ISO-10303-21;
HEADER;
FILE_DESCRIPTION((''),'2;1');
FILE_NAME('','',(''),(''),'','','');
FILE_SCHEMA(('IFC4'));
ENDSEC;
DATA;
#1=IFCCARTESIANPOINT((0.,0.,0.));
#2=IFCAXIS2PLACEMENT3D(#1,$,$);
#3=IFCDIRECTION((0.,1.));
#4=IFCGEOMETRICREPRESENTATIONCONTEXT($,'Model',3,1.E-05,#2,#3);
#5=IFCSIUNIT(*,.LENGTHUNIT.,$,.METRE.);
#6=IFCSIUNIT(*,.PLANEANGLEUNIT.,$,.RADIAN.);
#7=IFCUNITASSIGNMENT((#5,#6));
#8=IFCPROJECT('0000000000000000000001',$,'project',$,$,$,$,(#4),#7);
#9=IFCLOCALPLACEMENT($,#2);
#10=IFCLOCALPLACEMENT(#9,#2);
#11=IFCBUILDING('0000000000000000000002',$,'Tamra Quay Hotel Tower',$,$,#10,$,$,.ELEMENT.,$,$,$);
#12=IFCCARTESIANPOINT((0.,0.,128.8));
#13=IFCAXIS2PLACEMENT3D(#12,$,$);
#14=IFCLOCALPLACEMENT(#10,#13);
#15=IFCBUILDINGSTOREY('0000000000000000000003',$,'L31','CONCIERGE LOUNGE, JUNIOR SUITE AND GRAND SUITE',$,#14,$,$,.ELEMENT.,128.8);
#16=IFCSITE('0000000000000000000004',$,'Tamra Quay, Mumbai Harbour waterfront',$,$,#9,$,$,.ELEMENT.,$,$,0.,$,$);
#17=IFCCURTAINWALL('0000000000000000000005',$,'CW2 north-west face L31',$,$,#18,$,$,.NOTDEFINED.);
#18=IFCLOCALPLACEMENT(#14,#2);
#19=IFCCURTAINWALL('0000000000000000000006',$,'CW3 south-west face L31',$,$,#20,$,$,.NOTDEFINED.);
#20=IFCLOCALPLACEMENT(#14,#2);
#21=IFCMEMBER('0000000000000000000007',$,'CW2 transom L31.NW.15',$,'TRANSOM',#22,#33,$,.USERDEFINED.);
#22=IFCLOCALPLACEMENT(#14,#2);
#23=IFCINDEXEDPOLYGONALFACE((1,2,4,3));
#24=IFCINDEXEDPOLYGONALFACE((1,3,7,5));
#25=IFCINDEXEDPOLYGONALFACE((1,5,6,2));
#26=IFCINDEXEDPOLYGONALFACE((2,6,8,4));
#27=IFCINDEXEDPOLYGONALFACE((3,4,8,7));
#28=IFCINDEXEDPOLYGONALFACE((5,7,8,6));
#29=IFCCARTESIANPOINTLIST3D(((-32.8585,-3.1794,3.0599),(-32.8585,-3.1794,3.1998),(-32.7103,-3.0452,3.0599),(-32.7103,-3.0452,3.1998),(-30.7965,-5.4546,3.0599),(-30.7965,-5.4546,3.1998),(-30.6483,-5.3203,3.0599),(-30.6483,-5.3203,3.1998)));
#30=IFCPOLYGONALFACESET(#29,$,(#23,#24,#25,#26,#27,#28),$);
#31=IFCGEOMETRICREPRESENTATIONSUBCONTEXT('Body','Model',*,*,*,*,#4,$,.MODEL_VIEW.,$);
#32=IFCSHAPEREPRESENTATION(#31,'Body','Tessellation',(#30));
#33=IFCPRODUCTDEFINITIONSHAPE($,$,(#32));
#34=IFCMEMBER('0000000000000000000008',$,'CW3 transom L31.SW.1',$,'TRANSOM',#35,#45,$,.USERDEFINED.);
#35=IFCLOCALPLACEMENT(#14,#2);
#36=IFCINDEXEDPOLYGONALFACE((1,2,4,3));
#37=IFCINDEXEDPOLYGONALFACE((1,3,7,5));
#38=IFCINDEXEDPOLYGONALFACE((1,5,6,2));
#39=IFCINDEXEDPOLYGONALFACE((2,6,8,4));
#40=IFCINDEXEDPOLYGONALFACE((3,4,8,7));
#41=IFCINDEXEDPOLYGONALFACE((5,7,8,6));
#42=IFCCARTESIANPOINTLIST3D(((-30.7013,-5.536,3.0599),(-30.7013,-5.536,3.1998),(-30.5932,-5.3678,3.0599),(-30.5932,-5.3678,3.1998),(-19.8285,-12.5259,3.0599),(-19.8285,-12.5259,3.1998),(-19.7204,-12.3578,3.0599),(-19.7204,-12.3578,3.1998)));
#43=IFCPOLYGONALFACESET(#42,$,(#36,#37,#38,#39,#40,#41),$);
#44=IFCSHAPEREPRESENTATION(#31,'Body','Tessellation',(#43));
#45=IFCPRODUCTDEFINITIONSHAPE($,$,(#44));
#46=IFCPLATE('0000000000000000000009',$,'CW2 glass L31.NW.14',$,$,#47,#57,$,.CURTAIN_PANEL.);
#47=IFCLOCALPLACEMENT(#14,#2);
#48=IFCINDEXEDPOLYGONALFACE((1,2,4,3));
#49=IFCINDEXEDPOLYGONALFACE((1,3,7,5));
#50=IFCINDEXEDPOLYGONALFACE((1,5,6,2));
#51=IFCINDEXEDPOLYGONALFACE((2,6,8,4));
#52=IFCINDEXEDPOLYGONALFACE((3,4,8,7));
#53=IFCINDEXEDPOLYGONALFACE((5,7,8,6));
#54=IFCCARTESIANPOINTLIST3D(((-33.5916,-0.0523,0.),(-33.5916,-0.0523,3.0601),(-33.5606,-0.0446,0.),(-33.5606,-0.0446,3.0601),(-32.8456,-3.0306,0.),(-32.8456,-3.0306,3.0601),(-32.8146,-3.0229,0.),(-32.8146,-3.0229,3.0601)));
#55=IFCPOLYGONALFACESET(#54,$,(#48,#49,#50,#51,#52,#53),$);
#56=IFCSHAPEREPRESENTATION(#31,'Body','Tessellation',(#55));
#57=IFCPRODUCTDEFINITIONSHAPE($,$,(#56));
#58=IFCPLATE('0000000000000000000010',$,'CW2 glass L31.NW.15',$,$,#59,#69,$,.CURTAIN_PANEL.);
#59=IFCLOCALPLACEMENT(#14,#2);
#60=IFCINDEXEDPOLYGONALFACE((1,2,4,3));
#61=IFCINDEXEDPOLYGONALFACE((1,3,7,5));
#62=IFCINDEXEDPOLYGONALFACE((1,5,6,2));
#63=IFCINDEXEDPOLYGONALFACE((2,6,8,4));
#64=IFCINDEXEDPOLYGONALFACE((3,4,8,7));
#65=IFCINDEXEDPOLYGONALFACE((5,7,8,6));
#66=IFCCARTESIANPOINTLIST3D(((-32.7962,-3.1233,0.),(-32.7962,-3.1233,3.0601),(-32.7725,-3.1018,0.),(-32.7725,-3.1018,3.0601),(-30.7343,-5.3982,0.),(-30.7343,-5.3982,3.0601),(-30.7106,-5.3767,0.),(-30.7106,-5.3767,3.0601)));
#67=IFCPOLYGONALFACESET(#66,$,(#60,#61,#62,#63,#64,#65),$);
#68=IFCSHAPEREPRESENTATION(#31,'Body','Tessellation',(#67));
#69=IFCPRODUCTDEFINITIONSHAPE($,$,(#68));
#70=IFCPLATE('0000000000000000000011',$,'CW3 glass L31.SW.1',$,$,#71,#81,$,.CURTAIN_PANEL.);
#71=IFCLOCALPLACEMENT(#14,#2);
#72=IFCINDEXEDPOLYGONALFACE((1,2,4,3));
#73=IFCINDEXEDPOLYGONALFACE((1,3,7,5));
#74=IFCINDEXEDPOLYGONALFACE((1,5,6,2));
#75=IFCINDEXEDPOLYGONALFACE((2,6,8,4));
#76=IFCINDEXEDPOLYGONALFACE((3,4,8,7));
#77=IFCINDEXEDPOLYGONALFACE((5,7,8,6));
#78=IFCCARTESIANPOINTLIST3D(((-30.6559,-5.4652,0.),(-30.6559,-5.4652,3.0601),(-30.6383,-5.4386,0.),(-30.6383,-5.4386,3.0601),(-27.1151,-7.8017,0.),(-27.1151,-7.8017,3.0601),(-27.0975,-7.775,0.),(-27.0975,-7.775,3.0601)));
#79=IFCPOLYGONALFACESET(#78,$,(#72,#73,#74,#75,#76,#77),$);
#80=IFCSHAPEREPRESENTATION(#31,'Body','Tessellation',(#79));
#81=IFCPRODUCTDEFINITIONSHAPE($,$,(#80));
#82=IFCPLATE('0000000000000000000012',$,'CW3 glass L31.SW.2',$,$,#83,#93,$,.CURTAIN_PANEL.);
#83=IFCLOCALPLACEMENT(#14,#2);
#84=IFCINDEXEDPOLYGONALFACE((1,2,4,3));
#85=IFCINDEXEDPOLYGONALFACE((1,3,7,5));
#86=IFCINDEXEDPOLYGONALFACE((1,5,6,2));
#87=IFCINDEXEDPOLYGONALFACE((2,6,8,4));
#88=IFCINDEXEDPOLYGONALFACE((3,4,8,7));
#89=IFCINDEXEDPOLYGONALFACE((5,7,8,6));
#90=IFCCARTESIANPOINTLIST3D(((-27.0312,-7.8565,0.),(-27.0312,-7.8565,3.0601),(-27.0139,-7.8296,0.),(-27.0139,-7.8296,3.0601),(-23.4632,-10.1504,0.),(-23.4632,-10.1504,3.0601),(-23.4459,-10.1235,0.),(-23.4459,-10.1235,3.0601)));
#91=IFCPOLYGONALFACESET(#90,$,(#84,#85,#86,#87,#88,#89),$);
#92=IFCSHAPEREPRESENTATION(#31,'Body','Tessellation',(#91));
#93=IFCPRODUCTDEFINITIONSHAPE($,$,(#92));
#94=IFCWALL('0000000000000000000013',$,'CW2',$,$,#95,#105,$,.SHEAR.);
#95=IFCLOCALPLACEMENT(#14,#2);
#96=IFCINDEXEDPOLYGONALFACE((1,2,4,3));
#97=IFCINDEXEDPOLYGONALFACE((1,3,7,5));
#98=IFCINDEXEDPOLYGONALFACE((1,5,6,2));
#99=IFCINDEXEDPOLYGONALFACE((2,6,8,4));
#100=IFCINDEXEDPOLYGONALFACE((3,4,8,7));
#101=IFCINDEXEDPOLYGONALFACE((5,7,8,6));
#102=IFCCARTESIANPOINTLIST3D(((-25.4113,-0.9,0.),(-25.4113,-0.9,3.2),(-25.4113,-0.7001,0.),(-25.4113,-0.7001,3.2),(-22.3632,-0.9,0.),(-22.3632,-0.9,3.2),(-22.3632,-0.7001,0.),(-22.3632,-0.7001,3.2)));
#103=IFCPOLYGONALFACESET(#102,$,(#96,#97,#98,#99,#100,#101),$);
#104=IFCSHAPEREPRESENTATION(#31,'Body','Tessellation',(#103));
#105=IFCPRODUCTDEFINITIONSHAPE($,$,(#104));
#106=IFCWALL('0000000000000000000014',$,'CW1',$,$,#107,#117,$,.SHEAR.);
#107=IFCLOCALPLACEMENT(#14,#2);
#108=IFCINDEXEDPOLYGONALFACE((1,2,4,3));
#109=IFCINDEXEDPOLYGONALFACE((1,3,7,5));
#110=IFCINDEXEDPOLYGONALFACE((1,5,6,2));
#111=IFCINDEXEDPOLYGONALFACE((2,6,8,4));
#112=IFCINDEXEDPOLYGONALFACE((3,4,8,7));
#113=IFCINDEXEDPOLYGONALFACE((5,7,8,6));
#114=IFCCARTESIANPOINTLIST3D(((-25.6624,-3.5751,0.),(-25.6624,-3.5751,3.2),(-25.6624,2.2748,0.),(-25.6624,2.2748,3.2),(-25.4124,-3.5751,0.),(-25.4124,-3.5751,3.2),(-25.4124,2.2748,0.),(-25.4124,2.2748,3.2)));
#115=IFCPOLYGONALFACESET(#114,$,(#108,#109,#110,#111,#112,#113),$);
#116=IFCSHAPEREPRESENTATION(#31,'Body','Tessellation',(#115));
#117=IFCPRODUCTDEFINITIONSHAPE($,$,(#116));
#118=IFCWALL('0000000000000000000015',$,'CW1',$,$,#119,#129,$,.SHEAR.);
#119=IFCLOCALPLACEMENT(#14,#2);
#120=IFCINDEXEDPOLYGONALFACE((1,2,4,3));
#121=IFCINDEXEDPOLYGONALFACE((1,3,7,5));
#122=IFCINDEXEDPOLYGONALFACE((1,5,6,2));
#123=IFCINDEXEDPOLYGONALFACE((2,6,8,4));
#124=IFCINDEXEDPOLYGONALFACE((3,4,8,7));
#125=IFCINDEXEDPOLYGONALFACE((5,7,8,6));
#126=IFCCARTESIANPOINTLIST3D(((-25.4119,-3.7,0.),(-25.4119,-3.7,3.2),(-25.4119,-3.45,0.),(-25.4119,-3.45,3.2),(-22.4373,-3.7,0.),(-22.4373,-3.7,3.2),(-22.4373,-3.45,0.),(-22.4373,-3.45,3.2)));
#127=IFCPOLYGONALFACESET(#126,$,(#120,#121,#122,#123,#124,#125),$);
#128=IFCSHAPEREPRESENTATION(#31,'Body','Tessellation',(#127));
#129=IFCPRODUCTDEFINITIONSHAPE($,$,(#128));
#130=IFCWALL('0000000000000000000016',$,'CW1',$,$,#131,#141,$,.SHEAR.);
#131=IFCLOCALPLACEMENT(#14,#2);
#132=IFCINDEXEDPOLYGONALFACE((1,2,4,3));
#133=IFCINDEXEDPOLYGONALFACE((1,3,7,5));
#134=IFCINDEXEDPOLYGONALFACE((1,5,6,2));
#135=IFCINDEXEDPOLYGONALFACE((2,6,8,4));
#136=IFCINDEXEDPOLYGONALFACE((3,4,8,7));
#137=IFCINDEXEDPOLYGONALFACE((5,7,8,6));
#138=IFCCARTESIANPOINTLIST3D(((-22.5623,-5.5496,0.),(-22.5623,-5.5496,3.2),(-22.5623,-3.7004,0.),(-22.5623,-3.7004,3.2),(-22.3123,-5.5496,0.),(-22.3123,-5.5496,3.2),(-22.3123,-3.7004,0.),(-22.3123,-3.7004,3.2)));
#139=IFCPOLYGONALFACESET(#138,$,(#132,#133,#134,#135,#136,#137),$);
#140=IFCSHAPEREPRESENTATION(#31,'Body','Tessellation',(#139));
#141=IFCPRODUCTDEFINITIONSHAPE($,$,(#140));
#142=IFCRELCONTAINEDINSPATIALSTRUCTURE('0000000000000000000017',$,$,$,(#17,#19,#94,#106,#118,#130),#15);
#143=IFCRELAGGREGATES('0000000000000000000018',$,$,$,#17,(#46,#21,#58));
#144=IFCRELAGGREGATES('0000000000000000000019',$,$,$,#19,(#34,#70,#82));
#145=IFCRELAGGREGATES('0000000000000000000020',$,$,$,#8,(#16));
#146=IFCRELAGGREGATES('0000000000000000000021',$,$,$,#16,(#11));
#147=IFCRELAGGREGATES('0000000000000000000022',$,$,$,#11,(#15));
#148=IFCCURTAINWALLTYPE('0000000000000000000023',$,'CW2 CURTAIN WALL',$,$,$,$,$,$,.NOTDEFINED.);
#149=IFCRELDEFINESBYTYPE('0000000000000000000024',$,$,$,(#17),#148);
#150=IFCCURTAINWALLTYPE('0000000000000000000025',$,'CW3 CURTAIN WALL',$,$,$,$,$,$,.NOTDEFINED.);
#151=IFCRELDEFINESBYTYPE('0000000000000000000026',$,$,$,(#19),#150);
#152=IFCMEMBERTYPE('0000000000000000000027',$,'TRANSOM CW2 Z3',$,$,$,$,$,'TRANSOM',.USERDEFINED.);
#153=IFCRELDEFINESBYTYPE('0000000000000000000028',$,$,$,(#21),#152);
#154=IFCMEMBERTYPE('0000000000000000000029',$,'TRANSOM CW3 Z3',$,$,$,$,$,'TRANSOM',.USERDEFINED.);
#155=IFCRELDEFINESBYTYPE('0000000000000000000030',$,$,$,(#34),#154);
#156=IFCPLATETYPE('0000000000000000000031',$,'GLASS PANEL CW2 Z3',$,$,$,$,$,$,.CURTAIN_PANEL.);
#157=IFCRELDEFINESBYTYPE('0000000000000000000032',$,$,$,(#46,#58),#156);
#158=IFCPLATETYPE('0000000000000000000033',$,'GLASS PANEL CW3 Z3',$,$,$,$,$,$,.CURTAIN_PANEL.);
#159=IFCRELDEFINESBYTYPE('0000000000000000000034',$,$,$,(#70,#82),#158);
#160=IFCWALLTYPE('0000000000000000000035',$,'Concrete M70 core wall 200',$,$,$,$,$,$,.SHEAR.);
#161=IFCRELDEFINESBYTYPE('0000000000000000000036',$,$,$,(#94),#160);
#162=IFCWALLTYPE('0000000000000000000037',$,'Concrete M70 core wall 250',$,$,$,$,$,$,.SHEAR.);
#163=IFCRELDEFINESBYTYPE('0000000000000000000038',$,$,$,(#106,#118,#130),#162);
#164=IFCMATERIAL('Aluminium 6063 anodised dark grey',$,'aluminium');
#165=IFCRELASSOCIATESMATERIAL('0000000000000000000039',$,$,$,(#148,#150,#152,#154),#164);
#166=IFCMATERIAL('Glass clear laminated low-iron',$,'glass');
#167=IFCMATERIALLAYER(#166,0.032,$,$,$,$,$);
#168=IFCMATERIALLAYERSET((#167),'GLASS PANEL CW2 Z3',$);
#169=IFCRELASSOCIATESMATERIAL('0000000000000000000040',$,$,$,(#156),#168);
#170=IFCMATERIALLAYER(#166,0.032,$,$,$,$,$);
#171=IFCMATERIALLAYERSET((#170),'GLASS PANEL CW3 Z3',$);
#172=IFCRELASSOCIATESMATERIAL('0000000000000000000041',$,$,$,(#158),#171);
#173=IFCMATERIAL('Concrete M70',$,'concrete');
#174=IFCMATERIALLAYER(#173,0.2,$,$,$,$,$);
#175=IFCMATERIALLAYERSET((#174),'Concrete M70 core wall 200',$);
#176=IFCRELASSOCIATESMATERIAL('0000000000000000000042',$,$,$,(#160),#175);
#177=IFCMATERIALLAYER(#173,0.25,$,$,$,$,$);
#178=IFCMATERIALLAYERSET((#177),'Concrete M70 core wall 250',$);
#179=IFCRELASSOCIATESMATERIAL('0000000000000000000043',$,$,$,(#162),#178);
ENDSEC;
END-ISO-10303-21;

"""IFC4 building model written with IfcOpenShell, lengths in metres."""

from ifc_helpers import new_model, si_unit, direction, frame, frame_2d, origin, origin_2d, place, context, subcontext, project, spatial, rectangle, extrude, material, layer, layer_set, material_profile, profile_set, type_object, element, aggregate, save


model = new_model("IFC4")

# Units and contexts
model_context = context("Model", 3, precision=1e-05, world=origin(), true_north=direction((0.0, 1.0)))
body_context = subcontext(model_context, "Body", "Model", "MODEL_VIEW")
ifc_project = project(units=[si_unit("LENGTHUNIT", "METRE"), si_unit("PLANEANGLEUNIT", "RADIAN")], contexts=[model_context])

# Site, building, storey
site_placement = place(None, origin())
site = spatial("IfcSite", under=ifc_project, at=site_placement, Name="Tamra Quay, Mumbai Harbour waterfront", CompositionType="ELEMENT", RefElevation=0.0)
building_placement = place(site_placement, origin())
building = spatial("IfcBuilding", under=site, at=building_placement, Name="Tamra Quay Hotel Tower", CompositionType="ELEMENT")
storey_placement = place(building_placement, frame((0.0, 0.0, 128.8)))
storey = spatial("IfcBuildingStorey", under=building, at=storey_placement, Name="L31", Description="CONCIERGE LOUNGE, JUNIOR SUITE AND GRAND SUITE", CompositionType="ELEMENT", Elevation=128.8)

# Shared definitions
ifc_material_1 = material(Name="Concrete M70", Category="concrete")

# Curtain walls
ifc_material_2 = material(Name="Aluminium 6063 anodised dark grey", Category="aluminium")
curtain_wall_type_1 = type_object("IfcCurtainWallType", Name="CW2 CURTAIN WALL", PredefinedType="NOTDEFINED", material=ifc_material_2)
curtain_wall_1_placement = place(storey_placement, origin())
curtain_wall_1 = element("IfcCurtainWall", 1, at=curtain_wall_1_placement, inside=storey, type_object=curtain_wall_type_1, Name="CW2 north-west face L31", PredefinedType="NOTDEFINED")
curtain_wall_type_2 = type_object("IfcCurtainWallType", Name="CW3 CURTAIN WALL", PredefinedType="NOTDEFINED", material=ifc_material_2)
curtain_wall_2_placement = place(storey_placement, origin())
curtain_wall_2 = element("IfcCurtainWall", 2, at=curtain_wall_2_placement, inside=storey, type_object=curtain_wall_type_2, Name="CW3 south-west face L31", PredefinedType="NOTDEFINED")

# Members
ifc_material_profile_1 = material_profile(ifc_material_2, rectangle(XDim=0.2, YDim=0.1399, at=origin_2d()), Name="TRANSOM 200X140")
ifc_profile_set_1 = profile_set([ifc_material_profile_1], Name="Aluminium 6063 anodised dark grey")
member_type_1 = type_object("IfcMemberType", Name="TRANSOM CW2 Z3", ElementType="TRANSOM", PredefinedType="USERDEFINED", material=ifc_profile_set_1)
member_1_placement = place(storey_placement, frame((-32.7844, -3.1123, 3.1299), z_axis=(0.671548, -0.740961, 0.0), x_axis=(0.740961, 0.671548, 0.0)))
member_1 = element("IfcMember", 3, at=member_1_placement, type_object=member_type_1, Name="CW2 transom L31.NW.15", ObjectType="TRANSOM", PredefinedType="USERDEFINED", context=body_context, shape_type="SweptSolid", body=[
    extrude(rectangle(XDim=0.2, YDim=0.1399, at=origin_2d()), origin(), (0.0, 0.0, 1.0), 3.0706),
])
ifc_material_profile_2 = material_profile(ifc_material_2, rectangle(XDim=0.2, YDim=0.1399, at=origin_2d()), Name="TRANSOM 200X140")
ifc_profile_set_2 = profile_set([ifc_material_profile_2], Name="Aluminium 6063 anodised dark grey")
member_type_2 = type_object("IfcMemberType", Name="TRANSOM CW3 Z3", ElementType="TRANSOM", PredefinedType="USERDEFINED", material=ifc_profile_set_2)
member_2_placement = place(storey_placement, frame((-30.6472, -5.4519, 3.1299), z_axis=(0.841167, -0.540776, 0.0), x_axis=(0.540776, 0.841167, 0.0)))
member_2 = element("IfcMember", 4, at=member_2_placement, type_object=member_type_2, Name="CW3 transom L31.SW.1", ObjectType="TRANSOM", PredefinedType="USERDEFINED", context=body_context, shape_type="SweptSolid", body=[
    extrude(rectangle(XDim=0.2, YDim=0.1399, at=origin_2d()), origin(), (0.0, 0.0, 1.0), 12.9258),
])

# Plates
ifc_material_3 = material(Name="Glass clear laminated low-iron", Category="glass")
ifc_layer_1 = layer(ifc_material_3, 0.032)
ifc_layer_set_1 = layer_set([ifc_layer_1], Name="GLASS PANEL CW2 Z3")
plate_type_1 = type_object("IfcPlateType", Name="GLASS PANEL CW2 Z3", PredefinedType="CURTAIN_PANEL", material=ifc_layer_set_1)
plate_1_placement = place(storey_placement, frame((-33.2031, -1.5376, 0.0), z_axis=(0.0, 0.0, 1.0), x_axis=(0.242976, -0.970032, 0.0)))
plate_1 = element("IfcPlate", 5, at=plate_1_placement, type_object=plate_type_1, Name="CW2 glass L31.NW.14", PredefinedType="CURTAIN_PANEL", context=body_context, shape_type="SweptSolid", body=[
    extrude(rectangle(XDim=3.0703, YDim=0.032, at=origin_2d()), origin(), (0.0, 0.0, 1.0), 3.0601),
])
plate_2_placement = place(storey_placement, frame((-31.7534, -4.25, 0.0), z_axis=(0.0, 0.0, 1.0), x_axis=(0.67155, -0.740959, 0.0)))
plate_2 = element("IfcPlate", 6, at=plate_2_placement, type_object=plate_type_1, Name="CW2 glass L31.NW.15", PredefinedType="CURTAIN_PANEL", context=body_context, shape_type="SweptSolid", body=[
    extrude(rectangle(XDim=3.0703, YDim=0.032, at=origin_2d()), origin(), (0.0, 0.0, 1.0), 3.0601),
])
aggregate(curtain_wall_1, [plate_1, member_1, plate_2])
ifc_layer_2 = layer(ifc_material_3, 0.032)
ifc_layer_set_2 = layer_set([ifc_layer_2], Name="GLASS PANEL CW3 Z3")
plate_type_2 = type_object("IfcPlateType", Name="GLASS PANEL CW3 Z3", PredefinedType="CURTAIN_PANEL", material=ifc_layer_set_2)
plate_3_placement = place(storey_placement, frame((-28.8767, -6.6201, 0.0), z_axis=(0.0, 0.0, 1.0), x_axis=(0.834663, -0.550761, 0.0)))
plate_3 = element("IfcPlate", 7, at=plate_3_placement, type_object=plate_type_2, Name="CW3 glass L31.SW.1", PredefinedType="CURTAIN_PANEL", context=body_context, shape_type="SweptSolid", body=[
    extrude(rectangle(XDim=4.2422, YDim=0.032, at=origin_2d()), origin(), (0.0, 0.0, 1.0), 3.0601),
])
plate_4_placement = place(storey_placement, frame((-25.2385, -8.99, 0.0), z_axis=(0.0, 0.0, 1.0), x_axis=(0.841164, -0.54078, 0.0)))
plate_4 = element("IfcPlate", 8, at=plate_4_placement, type_object=plate_type_2, Name="CW3 glass L31.SW.2", PredefinedType="CURTAIN_PANEL", context=body_context, shape_type="SweptSolid", body=[
    extrude(rectangle(XDim=4.2417, YDim=0.032, at=origin_2d()), origin(), (0.0, 0.0, 1.0), 3.0601),
])
aggregate(curtain_wall_2, [member_2, plate_3, plate_4])

# Walls
ifc_layer_3 = layer(ifc_material_1, 0.2)
ifc_layer_set_3 = layer_set([ifc_layer_3], Name="Concrete M70 core wall 200")
wall_type_1 = type_object("IfcWallType", Name="Concrete M70 core wall 200", PredefinedType="SHEAR", material=ifc_layer_set_3)
wall_1_placement = place(storey_placement, frame((-22.3633, -0.8, 0.0), z_axis=(0.0, 0.0, 1.0), x_axis=(-1.0, 0.0, 0.0)))
element("IfcWall", 9, at=wall_1_placement, inside=storey, type_object=wall_type_1, Name="CW2", PredefinedType="SHEAR", context=body_context, shape_type="SweptSolid", body=[
    extrude(rectangle(XDim=3.0481, YDim=0.2, at=frame_2d((1.5239, 0.0))), origin(), (0.0, 0.0, 1.0), 3.2),
])
ifc_layer_4 = layer(ifc_material_1, 0.25)
ifc_layer_set_4 = layer_set([ifc_layer_4], Name="Concrete M70 core wall 250")
wall_type_2 = type_object("IfcWallType", Name="Concrete M70 core wall 250", PredefinedType="SHEAR", material=ifc_layer_set_4)
wall_2_placement = place(storey_placement, frame((-25.5374, -3.575, 0.0), z_axis=(0.0, 0.0, 1.0), x_axis=(0.0, 1.0, 0.0)))
element("IfcWall", 10, at=wall_2_placement, inside=storey, type_object=wall_type_2, Name="CW1", PredefinedType="SHEAR", context=body_context, shape_type="SweptSolid", body=[
    extrude(rectangle(XDim=5.8499, YDim=0.25, at=frame_2d((2.9248, 0.0))), origin(), (0.0, 0.0, 1.0), 3.2),
])
wall_3_placement = place(storey_placement, frame((-22.4373, -3.575, 0.0), z_axis=(0.0, 0.0, 1.0), x_axis=(-1.0, 0.0, 0.0)))
element("IfcWall", 11, at=wall_3_placement, inside=storey, type_object=wall_type_2, Name="CW1", PredefinedType="SHEAR", context=body_context, shape_type="SweptSolid", body=[
    extrude(rectangle(XDim=2.9746, YDim=0.25, at=frame_2d((1.4873, 0.0))), origin(), (0.0, 0.0, 1.0), 3.2),
])
wall_4_placement = place(storey_placement, frame((-22.4373, -5.5496, 0.0), z_axis=(0.0, 0.0, 1.0), x_axis=(0.0, 1.0, 0.0)))
element("IfcWall", 12, at=wall_4_placement, inside=storey, type_object=wall_type_2, Name="CW1", PredefinedType="SHEAR", context=body_context, shape_type="SweptSolid", body=[
    extrude(rectangle(XDim=1.8491, YDim=0.25, at=frame_2d((0.9246, 0.0))), origin(), (0.0, 0.0, 1.0), 3.2),
])

save(model, "model.ifc")
